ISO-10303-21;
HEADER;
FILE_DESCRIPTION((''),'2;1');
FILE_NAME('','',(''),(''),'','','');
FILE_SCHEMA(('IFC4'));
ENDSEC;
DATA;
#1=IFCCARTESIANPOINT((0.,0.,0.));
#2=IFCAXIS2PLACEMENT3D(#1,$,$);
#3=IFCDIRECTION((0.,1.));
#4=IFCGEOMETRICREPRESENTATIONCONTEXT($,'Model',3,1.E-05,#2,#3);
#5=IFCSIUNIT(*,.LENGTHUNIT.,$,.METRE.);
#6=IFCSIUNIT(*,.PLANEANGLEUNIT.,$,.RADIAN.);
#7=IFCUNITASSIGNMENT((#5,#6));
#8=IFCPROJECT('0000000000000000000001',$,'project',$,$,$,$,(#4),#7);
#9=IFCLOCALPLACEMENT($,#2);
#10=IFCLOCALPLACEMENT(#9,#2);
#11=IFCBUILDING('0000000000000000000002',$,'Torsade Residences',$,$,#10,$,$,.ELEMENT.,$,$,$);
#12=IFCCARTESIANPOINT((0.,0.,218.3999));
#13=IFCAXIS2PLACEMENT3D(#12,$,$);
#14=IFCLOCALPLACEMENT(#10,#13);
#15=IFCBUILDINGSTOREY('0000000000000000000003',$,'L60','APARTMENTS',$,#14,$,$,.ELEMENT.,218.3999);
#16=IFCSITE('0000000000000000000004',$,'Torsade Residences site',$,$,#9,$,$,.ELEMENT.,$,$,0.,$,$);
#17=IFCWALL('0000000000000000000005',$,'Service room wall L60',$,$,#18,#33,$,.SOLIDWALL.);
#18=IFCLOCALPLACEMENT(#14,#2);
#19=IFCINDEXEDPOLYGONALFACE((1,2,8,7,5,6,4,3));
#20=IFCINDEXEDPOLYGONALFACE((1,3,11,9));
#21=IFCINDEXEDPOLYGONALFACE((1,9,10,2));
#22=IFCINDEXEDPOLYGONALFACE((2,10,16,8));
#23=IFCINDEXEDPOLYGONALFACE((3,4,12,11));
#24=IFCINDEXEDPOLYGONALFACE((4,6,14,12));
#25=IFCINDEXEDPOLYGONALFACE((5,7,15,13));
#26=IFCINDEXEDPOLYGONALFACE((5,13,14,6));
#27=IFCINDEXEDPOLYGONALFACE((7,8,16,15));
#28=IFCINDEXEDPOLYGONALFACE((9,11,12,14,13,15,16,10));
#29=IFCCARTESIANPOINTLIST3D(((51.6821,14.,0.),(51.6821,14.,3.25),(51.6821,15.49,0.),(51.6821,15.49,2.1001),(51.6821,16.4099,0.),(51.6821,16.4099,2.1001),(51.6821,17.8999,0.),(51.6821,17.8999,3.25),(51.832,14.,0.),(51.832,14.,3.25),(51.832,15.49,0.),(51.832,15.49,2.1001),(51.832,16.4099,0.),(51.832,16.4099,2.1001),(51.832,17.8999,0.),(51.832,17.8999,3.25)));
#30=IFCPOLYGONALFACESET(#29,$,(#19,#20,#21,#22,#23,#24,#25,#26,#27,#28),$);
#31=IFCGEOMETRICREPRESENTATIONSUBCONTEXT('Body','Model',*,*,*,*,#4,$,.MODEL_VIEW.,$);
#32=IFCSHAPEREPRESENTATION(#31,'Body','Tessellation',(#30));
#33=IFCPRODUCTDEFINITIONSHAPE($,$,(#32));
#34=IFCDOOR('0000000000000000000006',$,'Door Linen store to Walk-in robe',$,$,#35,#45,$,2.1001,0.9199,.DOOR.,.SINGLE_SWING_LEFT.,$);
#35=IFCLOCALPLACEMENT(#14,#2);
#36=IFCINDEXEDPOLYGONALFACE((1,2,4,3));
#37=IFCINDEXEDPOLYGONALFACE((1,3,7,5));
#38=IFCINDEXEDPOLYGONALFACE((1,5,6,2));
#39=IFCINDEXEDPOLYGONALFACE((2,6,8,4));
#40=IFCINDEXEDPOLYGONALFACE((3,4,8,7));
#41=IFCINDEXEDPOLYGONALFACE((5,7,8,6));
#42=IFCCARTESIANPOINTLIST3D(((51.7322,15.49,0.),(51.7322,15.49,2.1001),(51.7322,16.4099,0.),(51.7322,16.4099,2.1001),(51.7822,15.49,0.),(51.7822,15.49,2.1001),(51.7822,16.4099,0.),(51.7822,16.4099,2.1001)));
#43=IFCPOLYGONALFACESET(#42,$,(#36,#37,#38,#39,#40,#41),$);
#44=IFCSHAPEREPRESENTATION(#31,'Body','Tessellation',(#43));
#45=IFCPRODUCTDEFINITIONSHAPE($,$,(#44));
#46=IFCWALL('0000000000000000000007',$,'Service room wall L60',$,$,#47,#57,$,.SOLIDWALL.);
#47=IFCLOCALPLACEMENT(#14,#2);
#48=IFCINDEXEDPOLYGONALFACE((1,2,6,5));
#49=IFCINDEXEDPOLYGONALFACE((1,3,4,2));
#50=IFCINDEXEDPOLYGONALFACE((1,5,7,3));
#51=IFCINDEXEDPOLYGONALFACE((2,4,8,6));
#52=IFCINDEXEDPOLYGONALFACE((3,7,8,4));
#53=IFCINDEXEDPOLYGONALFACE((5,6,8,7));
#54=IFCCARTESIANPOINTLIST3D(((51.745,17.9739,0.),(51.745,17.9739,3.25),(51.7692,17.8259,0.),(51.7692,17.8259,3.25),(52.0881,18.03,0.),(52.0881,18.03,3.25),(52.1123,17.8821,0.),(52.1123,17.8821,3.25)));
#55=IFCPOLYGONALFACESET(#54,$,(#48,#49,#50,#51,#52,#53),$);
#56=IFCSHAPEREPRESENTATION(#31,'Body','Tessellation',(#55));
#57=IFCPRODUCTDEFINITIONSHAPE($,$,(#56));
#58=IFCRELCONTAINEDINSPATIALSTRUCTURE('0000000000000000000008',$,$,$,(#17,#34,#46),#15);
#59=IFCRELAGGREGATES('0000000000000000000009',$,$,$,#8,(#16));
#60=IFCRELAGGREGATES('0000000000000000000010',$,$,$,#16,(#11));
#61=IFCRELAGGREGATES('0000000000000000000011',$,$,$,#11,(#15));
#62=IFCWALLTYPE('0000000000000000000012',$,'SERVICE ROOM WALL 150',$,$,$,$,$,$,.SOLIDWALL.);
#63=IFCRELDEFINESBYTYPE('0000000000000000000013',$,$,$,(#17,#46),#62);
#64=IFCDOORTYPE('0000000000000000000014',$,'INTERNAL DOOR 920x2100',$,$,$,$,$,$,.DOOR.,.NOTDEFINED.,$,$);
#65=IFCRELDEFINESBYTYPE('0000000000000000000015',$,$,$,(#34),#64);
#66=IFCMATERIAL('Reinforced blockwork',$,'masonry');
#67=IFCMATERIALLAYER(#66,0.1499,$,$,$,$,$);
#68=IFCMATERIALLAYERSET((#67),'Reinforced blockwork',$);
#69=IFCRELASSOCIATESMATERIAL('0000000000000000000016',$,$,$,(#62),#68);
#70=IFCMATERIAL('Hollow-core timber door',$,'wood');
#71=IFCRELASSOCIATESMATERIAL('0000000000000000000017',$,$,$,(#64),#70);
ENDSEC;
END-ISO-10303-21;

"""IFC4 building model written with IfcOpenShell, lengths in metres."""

from ifc_helpers import new_model, si_unit, direction, frame, frame_2d, origin, place, context, subcontext, project, spatial, rectangle, extrude, material, layer, layer_set, type_object, element, fill, save


model = new_model("IFC4")

# Units and contexts
model_context = context("Model", 3, precision=1e-05, world=origin(), true_north=direction((0.0, 1.0)))
body_context = subcontext(model_context, "Body", "Model", "MODEL_VIEW")
ifc_project = project(units=[si_unit("LENGTHUNIT", "METRE"), si_unit("PLANEANGLEUNIT", "RADIAN")], contexts=[model_context])

# Site, building, storey
site_placement = place(None, origin())
site = spatial("IfcSite", under=ifc_project, at=site_placement, Name="Torsade Residences site", CompositionType="ELEMENT", RefElevation=0.0)
building_placement = place(site_placement, origin())
building = spatial("IfcBuilding", under=site, at=building_placement, Name="Torsade Residences", CompositionType="ELEMENT")
storey_placement = place(building_placement, frame((0.0, 0.0, 218.3999)))
storey = spatial("IfcBuildingStorey", under=building, at=storey_placement, Name="L60", Description="APARTMENTS", CompositionType="ELEMENT", Elevation=218.3999)

# Wall, opening, door
ifc_material_1 = material(Name="Reinforced blockwork", Category="masonry")
ifc_layer_1 = layer(ifc_material_1, 0.1499)
ifc_layer_set_1 = layer_set([ifc_layer_1], Name="Reinforced blockwork")
wall_type_1 = type_object("IfcWallType", Name="SERVICE ROOM WALL 150", PredefinedType="SOLIDWALL", material=ifc_layer_set_1)
wall_1_placement = place(storey_placement, frame((51.7571, 14.0, 0.0), z_axis=(0.0, 0.0, 1.0), x_axis=(0.0, 1.0, 0.0)))
wall_1 = element("IfcWall", 1, at=wall_1_placement, inside=storey, type_object=wall_type_1, Name="Service room wall L60", PredefinedType="SOLIDWALL", context=body_context, shape_type="SweptSolid", body=[
    extrude(rectangle(XDim=3.8999, YDim=0.1499, at=frame_2d((1.95, 0.0))), origin(), (0.0, 0.0, 1.0), 3.25),
])
opening_1_placement = place(wall_1_placement, frame((1.49, 0.0, 0.0)))
opening_1 = element("IfcOpeningElement", 2, at=opening_1_placement, cuts=wall_1, PredefinedType="OPENING", context=body_context, shape_type="SweptSolid", body=[
    extrude(rectangle(XDim=0.9199, YDim=2.1001, at=frame_2d((0.46, 1.05))), frame((0.0, 0.085, 0.0), z_axis=(0.0, -1.0, 0.0), x_axis=(1.0, 0.0, 0.0)), (0.0, 0.0, 1.0), 0.1699),
])
ifc_material_2 = material(Name="Hollow-core timber door", Category="wood")
door_type_1 = type_object("IfcDoorType", Name="INTERNAL DOOR 920x2100", OperationType="NOTDEFINED", PredefinedType="DOOR", material=ifc_material_2)
door_1_placement = place(opening_1_placement, origin())
door_1 = element("IfcDoor", 3, at=door_1_placement, inside=storey, type_object=door_type_1, Name="Door Linen store to Walk-in robe", OperationType="SINGLE_SWING_LEFT", OverallHeight=2.1001, OverallWidth=0.9199, PredefinedType="DOOR", context=body_context, shape_type="SweptSolid", body=[
    extrude(rectangle(XDim=0.9199, YDim=2.1001, at=frame_2d((0.46, 1.05))), frame((0.0, 0.0249, 0.0), z_axis=(0.0, -1.0, 0.0), x_axis=(1.0, 0.0, 0.0)), (0.0, 0.0, 1.0), 0.05),
])
fill(opening_1, door_1)

# Wall
wall_2_placement = place(storey_placement, frame((51.7571, 17.8999, 0.0), z_axis=(0.0, 0.0, 1.0), x_axis=(0.986864, 0.161551, 0.0)))
element("IfcWall", 4, at=wall_2_placement, inside=storey, type_object=wall_type_1, Name="Service room wall L60", PredefinedType="SOLIDWALL", context=body_context, shape_type="SweptSolid", body=[
    extrude(rectangle(XDim=0.3477, YDim=0.1499, at=frame_2d((0.1738, 0.0))), origin(), (0.0, 0.0, 1.0), 3.25),
])

save(model, "model.ifc")
